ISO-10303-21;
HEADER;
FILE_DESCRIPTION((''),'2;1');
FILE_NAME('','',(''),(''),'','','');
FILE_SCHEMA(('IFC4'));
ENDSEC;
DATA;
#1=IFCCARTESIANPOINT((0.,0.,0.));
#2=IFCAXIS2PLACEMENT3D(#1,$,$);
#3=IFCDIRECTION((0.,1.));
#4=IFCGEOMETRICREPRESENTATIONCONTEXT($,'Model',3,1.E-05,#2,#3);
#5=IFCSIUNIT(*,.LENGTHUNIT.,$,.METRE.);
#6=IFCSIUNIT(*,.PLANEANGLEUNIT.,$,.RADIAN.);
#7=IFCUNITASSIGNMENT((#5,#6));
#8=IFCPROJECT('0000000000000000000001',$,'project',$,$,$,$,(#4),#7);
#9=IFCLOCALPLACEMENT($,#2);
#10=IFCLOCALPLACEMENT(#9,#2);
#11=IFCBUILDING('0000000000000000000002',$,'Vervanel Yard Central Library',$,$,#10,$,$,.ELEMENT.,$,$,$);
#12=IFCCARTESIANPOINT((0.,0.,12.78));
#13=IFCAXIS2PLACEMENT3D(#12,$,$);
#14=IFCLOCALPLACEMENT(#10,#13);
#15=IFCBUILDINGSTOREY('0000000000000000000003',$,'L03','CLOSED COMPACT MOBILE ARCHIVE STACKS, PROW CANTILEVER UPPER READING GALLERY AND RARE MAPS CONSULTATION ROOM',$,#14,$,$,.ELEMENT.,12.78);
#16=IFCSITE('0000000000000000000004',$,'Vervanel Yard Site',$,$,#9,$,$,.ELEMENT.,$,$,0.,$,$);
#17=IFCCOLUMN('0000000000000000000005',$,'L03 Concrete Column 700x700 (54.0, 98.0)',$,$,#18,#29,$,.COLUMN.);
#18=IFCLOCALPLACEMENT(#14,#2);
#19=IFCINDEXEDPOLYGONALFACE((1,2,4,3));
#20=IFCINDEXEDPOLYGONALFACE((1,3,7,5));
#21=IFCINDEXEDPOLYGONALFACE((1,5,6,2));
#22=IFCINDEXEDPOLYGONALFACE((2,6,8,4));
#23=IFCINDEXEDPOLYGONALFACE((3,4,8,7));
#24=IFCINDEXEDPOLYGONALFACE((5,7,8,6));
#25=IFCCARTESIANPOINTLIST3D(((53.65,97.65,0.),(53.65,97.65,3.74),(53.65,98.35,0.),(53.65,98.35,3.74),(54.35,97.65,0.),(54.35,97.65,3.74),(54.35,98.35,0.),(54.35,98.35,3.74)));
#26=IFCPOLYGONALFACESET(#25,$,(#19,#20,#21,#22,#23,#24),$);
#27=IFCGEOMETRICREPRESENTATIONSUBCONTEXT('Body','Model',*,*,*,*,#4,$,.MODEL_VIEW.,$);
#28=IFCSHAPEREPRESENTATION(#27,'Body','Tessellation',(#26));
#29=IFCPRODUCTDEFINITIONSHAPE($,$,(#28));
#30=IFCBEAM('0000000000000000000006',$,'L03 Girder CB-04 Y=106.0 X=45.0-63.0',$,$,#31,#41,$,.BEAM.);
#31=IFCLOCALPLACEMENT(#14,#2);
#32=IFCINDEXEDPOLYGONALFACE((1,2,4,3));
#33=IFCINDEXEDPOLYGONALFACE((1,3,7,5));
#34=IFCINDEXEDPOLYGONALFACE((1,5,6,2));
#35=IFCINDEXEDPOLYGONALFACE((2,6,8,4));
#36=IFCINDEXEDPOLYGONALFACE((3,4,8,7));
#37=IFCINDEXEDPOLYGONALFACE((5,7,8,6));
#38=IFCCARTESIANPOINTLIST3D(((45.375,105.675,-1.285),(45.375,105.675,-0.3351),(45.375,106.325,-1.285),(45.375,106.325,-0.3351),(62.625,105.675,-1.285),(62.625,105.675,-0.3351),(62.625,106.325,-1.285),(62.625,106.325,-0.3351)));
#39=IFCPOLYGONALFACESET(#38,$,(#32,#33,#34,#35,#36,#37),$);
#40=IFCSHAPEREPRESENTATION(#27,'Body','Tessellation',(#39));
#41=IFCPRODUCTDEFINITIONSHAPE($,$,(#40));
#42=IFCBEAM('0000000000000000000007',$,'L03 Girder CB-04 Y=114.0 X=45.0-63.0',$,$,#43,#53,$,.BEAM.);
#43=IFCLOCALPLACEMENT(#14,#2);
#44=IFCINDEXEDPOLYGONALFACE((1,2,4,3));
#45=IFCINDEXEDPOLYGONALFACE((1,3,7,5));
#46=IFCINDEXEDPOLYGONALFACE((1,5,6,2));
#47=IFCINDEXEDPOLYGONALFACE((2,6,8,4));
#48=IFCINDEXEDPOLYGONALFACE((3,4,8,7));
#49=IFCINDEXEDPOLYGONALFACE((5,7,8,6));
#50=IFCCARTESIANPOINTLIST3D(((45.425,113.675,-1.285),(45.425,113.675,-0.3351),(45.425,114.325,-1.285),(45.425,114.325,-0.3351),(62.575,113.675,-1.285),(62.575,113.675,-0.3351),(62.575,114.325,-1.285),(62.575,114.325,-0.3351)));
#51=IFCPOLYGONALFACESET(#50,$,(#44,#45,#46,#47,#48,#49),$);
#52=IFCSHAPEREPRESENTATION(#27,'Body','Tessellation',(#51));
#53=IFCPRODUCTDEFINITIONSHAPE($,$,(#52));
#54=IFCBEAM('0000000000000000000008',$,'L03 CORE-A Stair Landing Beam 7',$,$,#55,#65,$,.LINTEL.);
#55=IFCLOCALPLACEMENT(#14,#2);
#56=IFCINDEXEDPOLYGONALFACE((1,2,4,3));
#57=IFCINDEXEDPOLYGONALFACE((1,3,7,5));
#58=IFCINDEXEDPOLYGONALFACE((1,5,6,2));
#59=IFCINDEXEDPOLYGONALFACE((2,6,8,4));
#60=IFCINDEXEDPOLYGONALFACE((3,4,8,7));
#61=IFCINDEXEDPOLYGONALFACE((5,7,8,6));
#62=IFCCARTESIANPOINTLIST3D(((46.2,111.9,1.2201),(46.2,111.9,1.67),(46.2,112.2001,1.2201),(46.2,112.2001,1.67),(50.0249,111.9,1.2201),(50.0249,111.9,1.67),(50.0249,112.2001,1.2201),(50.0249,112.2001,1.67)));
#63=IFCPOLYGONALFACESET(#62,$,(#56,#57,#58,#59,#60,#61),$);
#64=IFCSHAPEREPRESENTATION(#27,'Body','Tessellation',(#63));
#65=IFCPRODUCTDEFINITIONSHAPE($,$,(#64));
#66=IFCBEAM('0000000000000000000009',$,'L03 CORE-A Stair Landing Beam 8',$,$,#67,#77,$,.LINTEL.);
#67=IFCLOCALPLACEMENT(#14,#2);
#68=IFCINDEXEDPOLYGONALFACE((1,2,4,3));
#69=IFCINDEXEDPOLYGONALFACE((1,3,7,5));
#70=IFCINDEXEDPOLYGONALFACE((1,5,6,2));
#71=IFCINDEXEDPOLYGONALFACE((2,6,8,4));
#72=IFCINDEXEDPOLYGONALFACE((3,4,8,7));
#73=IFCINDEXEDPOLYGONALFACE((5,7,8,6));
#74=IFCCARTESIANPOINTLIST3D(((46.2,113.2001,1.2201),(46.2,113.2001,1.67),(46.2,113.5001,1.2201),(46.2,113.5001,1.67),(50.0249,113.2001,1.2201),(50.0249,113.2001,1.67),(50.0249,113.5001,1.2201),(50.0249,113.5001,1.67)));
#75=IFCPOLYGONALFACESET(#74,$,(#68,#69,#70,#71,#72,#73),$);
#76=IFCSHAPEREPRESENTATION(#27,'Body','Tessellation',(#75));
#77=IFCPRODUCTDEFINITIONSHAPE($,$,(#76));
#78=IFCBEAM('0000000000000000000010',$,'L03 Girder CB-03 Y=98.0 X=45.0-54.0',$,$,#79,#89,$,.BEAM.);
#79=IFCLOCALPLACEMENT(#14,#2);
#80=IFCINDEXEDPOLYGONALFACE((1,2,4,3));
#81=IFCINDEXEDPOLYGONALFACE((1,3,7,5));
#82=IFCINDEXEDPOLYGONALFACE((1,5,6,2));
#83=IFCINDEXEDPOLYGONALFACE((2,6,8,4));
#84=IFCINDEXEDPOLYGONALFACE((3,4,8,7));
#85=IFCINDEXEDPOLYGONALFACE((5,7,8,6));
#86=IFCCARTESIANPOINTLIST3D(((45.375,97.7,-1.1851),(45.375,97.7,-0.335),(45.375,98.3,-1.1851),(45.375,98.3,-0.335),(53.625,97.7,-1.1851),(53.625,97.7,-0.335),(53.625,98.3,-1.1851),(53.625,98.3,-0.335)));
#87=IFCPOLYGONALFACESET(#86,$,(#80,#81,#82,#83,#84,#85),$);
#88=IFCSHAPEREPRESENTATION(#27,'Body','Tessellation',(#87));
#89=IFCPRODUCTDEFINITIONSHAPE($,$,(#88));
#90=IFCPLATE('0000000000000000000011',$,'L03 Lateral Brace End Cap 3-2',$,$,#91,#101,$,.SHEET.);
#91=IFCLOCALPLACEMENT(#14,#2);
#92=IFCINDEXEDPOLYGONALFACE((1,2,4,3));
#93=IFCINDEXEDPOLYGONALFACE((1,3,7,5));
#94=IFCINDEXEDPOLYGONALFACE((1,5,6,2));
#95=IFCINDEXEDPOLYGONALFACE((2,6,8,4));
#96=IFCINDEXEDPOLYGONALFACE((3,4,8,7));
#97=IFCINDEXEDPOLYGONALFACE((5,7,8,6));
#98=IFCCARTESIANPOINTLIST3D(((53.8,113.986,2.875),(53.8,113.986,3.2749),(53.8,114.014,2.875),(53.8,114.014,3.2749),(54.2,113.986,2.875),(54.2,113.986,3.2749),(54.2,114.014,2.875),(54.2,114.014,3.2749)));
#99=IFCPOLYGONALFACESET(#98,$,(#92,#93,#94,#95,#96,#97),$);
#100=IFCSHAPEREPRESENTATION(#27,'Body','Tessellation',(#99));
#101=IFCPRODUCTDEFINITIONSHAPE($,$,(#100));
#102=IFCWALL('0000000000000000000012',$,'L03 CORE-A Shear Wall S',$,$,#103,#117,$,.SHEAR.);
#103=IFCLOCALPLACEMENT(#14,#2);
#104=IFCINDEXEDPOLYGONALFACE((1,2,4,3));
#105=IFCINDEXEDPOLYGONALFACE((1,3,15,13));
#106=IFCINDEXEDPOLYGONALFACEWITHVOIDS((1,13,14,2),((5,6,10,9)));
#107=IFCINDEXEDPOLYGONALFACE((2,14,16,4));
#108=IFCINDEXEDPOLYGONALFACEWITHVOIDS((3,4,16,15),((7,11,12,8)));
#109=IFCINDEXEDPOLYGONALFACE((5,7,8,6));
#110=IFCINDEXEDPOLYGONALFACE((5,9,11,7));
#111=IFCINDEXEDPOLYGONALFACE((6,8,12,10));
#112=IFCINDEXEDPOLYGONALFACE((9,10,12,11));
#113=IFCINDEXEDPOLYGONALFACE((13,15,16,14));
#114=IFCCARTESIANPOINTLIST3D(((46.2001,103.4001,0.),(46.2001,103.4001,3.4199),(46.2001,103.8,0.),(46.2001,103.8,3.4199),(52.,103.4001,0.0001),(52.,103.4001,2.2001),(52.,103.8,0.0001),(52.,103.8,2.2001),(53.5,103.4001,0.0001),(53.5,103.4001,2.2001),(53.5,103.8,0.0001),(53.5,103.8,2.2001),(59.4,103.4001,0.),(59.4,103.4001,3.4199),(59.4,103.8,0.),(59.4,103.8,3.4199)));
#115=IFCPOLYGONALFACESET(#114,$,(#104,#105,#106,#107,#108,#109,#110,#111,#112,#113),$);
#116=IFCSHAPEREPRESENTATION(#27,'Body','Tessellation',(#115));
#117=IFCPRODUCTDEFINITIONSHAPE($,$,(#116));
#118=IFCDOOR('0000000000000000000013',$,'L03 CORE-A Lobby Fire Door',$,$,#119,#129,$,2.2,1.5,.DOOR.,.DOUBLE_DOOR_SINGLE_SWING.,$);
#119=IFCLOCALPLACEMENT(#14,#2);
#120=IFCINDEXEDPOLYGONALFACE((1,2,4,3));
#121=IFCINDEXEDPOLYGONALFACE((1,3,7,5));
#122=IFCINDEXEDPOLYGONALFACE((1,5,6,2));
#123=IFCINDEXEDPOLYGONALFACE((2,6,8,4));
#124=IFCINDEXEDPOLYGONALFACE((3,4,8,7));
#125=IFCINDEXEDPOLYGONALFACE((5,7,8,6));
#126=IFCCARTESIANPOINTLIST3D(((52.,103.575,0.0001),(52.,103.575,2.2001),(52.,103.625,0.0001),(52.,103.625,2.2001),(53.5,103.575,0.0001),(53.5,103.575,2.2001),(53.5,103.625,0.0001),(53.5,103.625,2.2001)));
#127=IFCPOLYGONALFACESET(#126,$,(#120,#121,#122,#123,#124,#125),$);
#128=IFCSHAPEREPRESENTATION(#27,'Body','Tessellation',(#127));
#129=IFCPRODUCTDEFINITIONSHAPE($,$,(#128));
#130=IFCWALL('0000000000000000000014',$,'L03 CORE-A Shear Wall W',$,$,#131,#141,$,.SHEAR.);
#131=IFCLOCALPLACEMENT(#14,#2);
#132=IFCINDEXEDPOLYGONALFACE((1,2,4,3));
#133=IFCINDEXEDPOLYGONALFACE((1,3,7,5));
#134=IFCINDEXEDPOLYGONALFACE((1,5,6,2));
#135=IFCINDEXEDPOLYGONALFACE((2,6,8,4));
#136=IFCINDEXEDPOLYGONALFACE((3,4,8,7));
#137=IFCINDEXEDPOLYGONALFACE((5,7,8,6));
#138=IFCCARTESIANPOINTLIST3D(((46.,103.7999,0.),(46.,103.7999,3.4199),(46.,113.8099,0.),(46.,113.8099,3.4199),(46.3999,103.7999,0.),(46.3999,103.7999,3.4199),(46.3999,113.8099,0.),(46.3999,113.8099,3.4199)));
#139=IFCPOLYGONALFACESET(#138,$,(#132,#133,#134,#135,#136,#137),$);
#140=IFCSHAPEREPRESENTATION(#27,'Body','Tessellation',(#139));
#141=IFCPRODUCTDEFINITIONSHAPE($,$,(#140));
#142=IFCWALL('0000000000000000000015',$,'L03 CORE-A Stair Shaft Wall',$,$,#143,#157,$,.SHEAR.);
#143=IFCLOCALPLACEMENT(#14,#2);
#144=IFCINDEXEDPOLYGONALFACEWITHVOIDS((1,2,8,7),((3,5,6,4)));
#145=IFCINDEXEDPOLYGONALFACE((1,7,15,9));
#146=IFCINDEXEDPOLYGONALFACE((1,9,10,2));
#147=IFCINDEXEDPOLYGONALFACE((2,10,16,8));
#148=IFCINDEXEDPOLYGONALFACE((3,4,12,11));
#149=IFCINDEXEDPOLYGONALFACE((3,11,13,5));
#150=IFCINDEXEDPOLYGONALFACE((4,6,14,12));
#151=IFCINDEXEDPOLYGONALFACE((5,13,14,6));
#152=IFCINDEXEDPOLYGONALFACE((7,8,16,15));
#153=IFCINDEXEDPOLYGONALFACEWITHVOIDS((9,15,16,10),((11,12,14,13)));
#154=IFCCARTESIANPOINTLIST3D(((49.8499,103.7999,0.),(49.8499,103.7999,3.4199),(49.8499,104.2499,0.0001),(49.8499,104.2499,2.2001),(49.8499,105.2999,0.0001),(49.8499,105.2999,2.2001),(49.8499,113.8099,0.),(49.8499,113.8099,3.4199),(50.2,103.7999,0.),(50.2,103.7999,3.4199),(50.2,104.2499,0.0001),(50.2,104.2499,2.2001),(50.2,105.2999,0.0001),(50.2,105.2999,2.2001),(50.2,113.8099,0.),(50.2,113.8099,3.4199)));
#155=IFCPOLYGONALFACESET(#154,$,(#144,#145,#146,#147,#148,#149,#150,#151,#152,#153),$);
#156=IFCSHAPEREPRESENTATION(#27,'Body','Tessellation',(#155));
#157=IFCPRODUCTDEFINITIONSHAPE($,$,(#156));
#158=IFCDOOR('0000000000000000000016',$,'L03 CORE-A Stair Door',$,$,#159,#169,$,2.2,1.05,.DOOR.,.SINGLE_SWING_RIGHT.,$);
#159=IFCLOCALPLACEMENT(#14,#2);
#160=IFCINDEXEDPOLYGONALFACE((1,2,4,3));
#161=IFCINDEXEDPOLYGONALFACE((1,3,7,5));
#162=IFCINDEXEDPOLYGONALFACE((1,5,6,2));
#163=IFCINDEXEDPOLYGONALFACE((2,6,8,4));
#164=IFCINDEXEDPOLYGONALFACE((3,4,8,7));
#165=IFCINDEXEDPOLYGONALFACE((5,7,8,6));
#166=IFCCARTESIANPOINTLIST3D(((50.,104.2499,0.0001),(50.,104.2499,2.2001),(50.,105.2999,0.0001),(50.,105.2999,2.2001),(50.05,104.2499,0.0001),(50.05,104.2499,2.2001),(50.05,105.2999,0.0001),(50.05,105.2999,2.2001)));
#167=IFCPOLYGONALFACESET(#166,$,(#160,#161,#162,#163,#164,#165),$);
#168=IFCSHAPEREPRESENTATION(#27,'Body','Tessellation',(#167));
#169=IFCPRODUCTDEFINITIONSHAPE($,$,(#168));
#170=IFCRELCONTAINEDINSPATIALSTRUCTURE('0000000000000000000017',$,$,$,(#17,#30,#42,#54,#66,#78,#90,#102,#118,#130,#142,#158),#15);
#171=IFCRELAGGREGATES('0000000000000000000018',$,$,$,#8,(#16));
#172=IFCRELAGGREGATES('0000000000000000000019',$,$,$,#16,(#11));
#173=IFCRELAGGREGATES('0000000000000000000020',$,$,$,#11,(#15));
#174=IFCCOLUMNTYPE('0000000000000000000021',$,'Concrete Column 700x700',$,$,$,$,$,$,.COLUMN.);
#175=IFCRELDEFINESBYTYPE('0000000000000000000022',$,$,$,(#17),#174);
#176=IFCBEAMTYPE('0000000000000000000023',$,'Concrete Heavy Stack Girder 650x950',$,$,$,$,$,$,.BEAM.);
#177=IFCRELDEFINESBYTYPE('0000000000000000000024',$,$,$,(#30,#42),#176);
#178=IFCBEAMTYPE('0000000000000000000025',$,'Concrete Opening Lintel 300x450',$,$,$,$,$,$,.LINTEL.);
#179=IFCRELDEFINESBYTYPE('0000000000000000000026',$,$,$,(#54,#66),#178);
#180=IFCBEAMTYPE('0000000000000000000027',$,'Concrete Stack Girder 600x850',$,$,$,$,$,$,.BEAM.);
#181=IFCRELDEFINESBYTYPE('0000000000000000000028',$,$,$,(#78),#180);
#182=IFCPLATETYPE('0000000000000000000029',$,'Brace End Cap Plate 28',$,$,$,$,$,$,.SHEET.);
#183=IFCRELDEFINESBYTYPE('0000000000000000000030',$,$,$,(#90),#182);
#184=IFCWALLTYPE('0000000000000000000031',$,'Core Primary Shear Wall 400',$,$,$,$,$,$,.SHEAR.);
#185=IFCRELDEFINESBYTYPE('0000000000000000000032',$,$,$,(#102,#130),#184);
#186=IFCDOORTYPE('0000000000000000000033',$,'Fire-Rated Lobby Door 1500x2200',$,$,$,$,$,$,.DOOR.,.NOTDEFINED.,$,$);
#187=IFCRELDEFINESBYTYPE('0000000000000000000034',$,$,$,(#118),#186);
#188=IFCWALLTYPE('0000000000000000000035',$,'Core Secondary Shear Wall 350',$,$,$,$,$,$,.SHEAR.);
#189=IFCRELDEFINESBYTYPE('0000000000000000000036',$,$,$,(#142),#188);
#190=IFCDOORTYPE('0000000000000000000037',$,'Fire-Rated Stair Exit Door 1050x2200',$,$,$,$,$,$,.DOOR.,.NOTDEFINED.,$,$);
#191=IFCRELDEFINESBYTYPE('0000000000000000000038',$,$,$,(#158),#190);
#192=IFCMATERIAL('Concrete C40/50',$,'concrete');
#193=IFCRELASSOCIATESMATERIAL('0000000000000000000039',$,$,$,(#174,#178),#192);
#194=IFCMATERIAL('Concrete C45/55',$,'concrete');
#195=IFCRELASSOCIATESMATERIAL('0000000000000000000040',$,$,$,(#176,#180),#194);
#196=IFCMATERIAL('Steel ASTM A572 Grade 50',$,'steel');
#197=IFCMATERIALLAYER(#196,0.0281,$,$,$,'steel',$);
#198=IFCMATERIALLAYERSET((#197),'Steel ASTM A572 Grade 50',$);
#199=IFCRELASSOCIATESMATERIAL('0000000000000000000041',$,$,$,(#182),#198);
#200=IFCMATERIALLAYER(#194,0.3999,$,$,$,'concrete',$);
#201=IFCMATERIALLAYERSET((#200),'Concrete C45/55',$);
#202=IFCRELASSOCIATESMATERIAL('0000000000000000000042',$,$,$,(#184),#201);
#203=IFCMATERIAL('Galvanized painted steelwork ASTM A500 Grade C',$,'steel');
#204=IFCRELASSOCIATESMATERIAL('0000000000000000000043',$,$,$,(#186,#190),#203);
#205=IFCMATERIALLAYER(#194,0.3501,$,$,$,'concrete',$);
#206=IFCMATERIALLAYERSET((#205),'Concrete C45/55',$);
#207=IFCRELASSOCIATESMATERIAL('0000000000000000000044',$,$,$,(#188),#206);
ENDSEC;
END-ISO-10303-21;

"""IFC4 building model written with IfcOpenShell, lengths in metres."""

from ifc_helpers import new_model, si_unit, direction, frame, frame_2d, origin, origin_2d, place, context, subcontext, project, spatial, rectangle, extrude, material, layer, layer_set, material_profile, profile_set, type_object, element, fill, save


model = new_model("IFC4")

# Units and contexts
model_context = context("Model", 3, precision=1e-05, world=origin(), true_north=direction((0.0, 1.0)))
body_context = subcontext(model_context, "Body", "Model", "MODEL_VIEW")
ifc_project = project(units=[si_unit("LENGTHUNIT", "METRE"), si_unit("PLANEANGLEUNIT", "RADIAN")], contexts=[model_context])

# Site, building, storey
site_placement = place(None, origin())
site = spatial("IfcSite", under=ifc_project, at=site_placement, Name="Vervanel Yard Site", CompositionType="ELEMENT", RefElevation=0.0)
building_placement = place(site_placement, origin())
building = spatial("IfcBuilding", under=site, at=building_placement, Name="Vervanel Yard Central Library", CompositionType="ELEMENT")
storey_placement = place(building_placement, frame((0.0, 0.0, 12.78)))
storey = spatial("IfcBuildingStorey", under=building, at=storey_placement, Name="L03", Description="CLOSED COMPACT MOBILE ARCHIVE STACKS, PROW CANTILEVER UPPER READING GALLERY AND RARE MAPS CONSULTATION ROOM", CompositionType="ELEMENT", Elevation=12.78)

# Column
ifc_material_1 = material(Name="Concrete C40/50", Category="concrete")
ifc_material_profile_1 = material_profile(ifc_material_1, rectangle(XDim=0.7, YDim=0.7, at=origin_2d()), Name="RC 700x700", Category="concrete")
ifc_profile_set_1 = profile_set([ifc_material_profile_1], Name="Concrete C40/50")
column_type = type_object("IfcColumnType", Name="Concrete Column 700x700", PredefinedType="COLUMN", material=ifc_profile_set_1)
column_placement = place(storey_placement, frame((54.0, 98.0, 0.0), z_axis=(0.0, 0.0, 1.0), x_axis=(1.0, 0.0, 0.0)))
element("IfcColumn", 1, at=column_placement, inside=storey, type_object=column_type, Name="L03 Concrete Column 700x700 (54.0, 98.0)", PredefinedType="COLUMN", context=body_context, shape_type="SweptSolid", body=[
    extrude(rectangle(XDim=0.7, YDim=0.7, at=origin_2d()), origin(), (0.0, 0.0, 1.0), 3.74),
])

# Beams
ifc_material_2 = material(Name="Concrete C45/55", Category="concrete")
ifc_material_profile_2 = material_profile(ifc_material_2, rectangle(XDim=0.6499, YDim=0.95, at=origin_2d()), Name="RC 650x950", Category="concrete")
ifc_profile_set_2 = profile_set([ifc_material_profile_2], Name="Concrete C45/55")
beam_type_1 = type_object("IfcBeamType", Name="Concrete Heavy Stack Girder 650x950", PredefinedType="BEAM", material=ifc_profile_set_2)
beam_1_placement = place(storey_placement, frame((45.375, 106.0, -0.8101), z_axis=(1.0, 0.0, 0.0), x_axis=(0.0, 1.0, 0.0)))
element("IfcBeam", 2, at=beam_1_placement, inside=storey, type_object=beam_type_1, Name="L03 Girder CB-04 Y=106.0 X=45.0-63.0", PredefinedType="BEAM", context=body_context, shape_type="SweptSolid", body=[
    extrude(rectangle(XDim=0.6499, YDim=0.95, at=origin_2d()), origin(), (0.0, 0.0, 1.0), 17.25),
])
beam_2_placement = place(storey_placement, frame((45.425, 114.0, -0.8101), z_axis=(1.0, 0.0, 0.0), x_axis=(0.0, 1.0, 0.0)))
element("IfcBeam", 3, at=beam_2_placement, inside=storey, type_object=beam_type_1, Name="L03 Girder CB-04 Y=114.0 X=45.0-63.0", PredefinedType="BEAM", context=body_context, shape_type="SweptSolid", body=[
    extrude(rectangle(XDim=0.6499, YDim=0.95, at=origin_2d()), origin(), (0.0, 0.0, 1.0), 17.1499),
])
ifc_material_profile_3 = material_profile(ifc_material_1, rectangle(XDim=0.3, YDim=0.45, at=origin_2d()), Name="RC 300x450", Category="concrete")
ifc_profile_set_3 = profile_set([ifc_material_profile_3], Name="Concrete C40/50")
beam_type_2 = type_object("IfcBeamType", Name="Concrete Opening Lintel 300x450", PredefinedType="LINTEL", material=ifc_profile_set_3)
for number, where, z_axis, x_axis, name in (
    (4, (46.2, 112.05, 1.4451), (1.0, 0.0, 0.0), (0.0, 1.0, 0.0), "L03 CORE-A Stair Landing Beam 7"),
    (5, (46.2, 113.3501, 1.4451), (1.0, 0.0, 0.0), (0.0, 1.0, 0.0), "L03 CORE-A Stair Landing Beam 8"),
):
    element("IfcBeam", number, at=place(storey_placement, frame(where, z_axis=z_axis, x_axis=x_axis)), inside=storey, type_object=beam_type_2, Name=name, PredefinedType="LINTEL", context=body_context, shape_type="SweptSolid", body=[
        extrude(rectangle(XDim=0.3, YDim=0.45, at=origin_2d()), origin(), (0.0, 0.0, 1.0), 3.825),
    ])
ifc_material_profile_4 = material_profile(ifc_material_2, rectangle(XDim=0.6001, YDim=0.8501, at=origin_2d()), Name="RC 600x850", Category="concrete")
ifc_profile_set_4 = profile_set([ifc_material_profile_4], Name="Concrete C45/55")
beam_type_3 = type_object("IfcBeamType", Name="Concrete Stack Girder 600x850", PredefinedType="BEAM", material=ifc_profile_set_4)
beam_3_placement = place(storey_placement, frame((45.375, 98.0, -0.76), z_axis=(1.0, 0.0, 0.0), x_axis=(0.0, 1.0, 0.0)))
element("IfcBeam", 6, at=beam_3_placement, inside=storey, type_object=beam_type_3, Name="L03 Girder CB-03 Y=98.0 X=45.0-54.0", PredefinedType="BEAM", context=body_context, shape_type="SweptSolid", body=[
    extrude(rectangle(XDim=0.6001, YDim=0.8501, at=origin_2d()), origin(), (0.0, 0.0, 1.0), 8.25),
])

# Plate
ifc_material_3 = material(Name="Steel ASTM A572 Grade 50", Category="steel")
ifc_layer_1 = layer(ifc_material_3, 0.0281, Category="steel")
ifc_layer_set_1 = layer_set([ifc_layer_1], Name="Steel ASTM A572 Grade 50")
plate_type = type_object("IfcPlateType", Name="Brace End Cap Plate 28", PredefinedType="SHEET", material=ifc_layer_set_1)
plate_placement = place(storey_placement, frame((54.0, 114.0, 2.875), z_axis=(0.0, 0.0, 1.0), x_axis=(1.0, 0.0, 0.0)))
element("IfcPlate", 7, at=plate_placement, inside=storey, type_object=plate_type, Name="L03 Lateral Brace End Cap 3-2", PredefinedType="SHEET", context=body_context, shape_type="SweptSolid", body=[
    extrude(rectangle(XDim=0.3999, YDim=0.0281, at=origin_2d()), origin(), (0.0, 0.0, 1.0), 0.3999),
])

# Wall, opening, door
ifc_layer_2 = layer(ifc_material_2, 0.3999, Category="concrete")
ifc_layer_set_2 = layer_set([ifc_layer_2], Name="Concrete C45/55")
wall_type_1 = type_object("IfcWallType", Name="Core Primary Shear Wall 400", PredefinedType="SHEAR", material=ifc_layer_set_2)
wall_1_placement = place(storey_placement, frame((46.2, 103.6001, 0.0), z_axis=(0.0, 0.0, 1.0), x_axis=(1.0, 0.0, 0.0)))
wall_1 = element("IfcWall", 8, at=wall_1_placement, inside=storey, type_object=wall_type_1, Name="L03 CORE-A Shear Wall S", PredefinedType="SHEAR", context=body_context, shape_type="SweptSolid", body=[
    extrude(rectangle(XDim=13.2, YDim=0.3999, at=frame_2d((6.6001, 0.0))), origin(), (0.0, 0.0, 1.0), 3.4199),
])
opening_1_placement = place(wall_1_placement, frame((5.8, 0.0, 0.0)))
opening_1 = element("IfcOpeningElement", 9, at=opening_1_placement, cuts=wall_1, PredefinedType="OPENING", context=body_context, shape_type="SweptSolid", body=[
    extrude(rectangle(XDim=1.5, YDim=2.2, at=frame_2d((0.75, 1.1001))), frame((0.0, 0.21, 0.0), z_axis=(0.0, -1.0, 0.0), x_axis=(1.0, 0.0, 0.0)), (0.0, 0.0, 1.0), 0.4199),
])
ifc_material_4 = material(Name="Galvanized painted steelwork ASTM A500 Grade C", Category="steel")
door_type_1 = type_object("IfcDoorType", Name="Fire-Rated Lobby Door 1500x2200", OperationType="NOTDEFINED", PredefinedType="DOOR", material=ifc_material_4)
door_1_placement = place(opening_1_placement, origin())
door_1 = element("IfcDoor", 10, at=door_1_placement, inside=storey, type_object=door_type_1, Name="L03 CORE-A Lobby Fire Door", OperationType="DOUBLE_DOOR_SINGLE_SWING", OverallHeight=2.2, OverallWidth=1.5, PredefinedType="DOOR", context=body_context, shape_type="SweptSolid", body=[
    extrude(rectangle(XDim=1.5, YDim=2.2, at=frame_2d((0.75, 1.1001))), frame((0.0, 0.0249, 0.0), z_axis=(0.0, -1.0, 0.0), x_axis=(1.0, 0.0, 0.0)), (0.0, 0.0, 1.0), 0.05),
])
fill(opening_1, door_1)

# Wall
wall_2_placement = place(storey_placement, frame((46.2, 103.8, 0.0), z_axis=(0.0, 0.0, 1.0), x_axis=(0.0, 1.0, 0.0)))
element("IfcWall", 11, at=wall_2_placement, inside=storey, type_object=wall_type_1, Name="L03 CORE-A Shear Wall W", PredefinedType="SHEAR", context=body_context, shape_type="SweptSolid", body=[
    extrude(rectangle(XDim=10.01, YDim=0.3999, at=frame_2d((5.0049, 0.0))), origin(), (0.0, 0.0, 1.0), 3.4199),
])

# Wall, opening, door
ifc_layer_3 = layer(ifc_material_2, 0.3501, Category="concrete")
ifc_layer_set_3 = layer_set([ifc_layer_3], Name="Concrete C45/55")
wall_type_2 = type_object("IfcWallType", Name="Core Secondary Shear Wall 350", PredefinedType="SHEAR", material=ifc_layer_set_3)
wall_3_placement = place(storey_placement, frame((50.0249, 103.8, 0.0), z_axis=(0.0, 0.0, 1.0), x_axis=(0.0, 1.0, 0.0)))
wall_3 = element("IfcWall", 12, at=wall_3_placement, inside=storey, type_object=wall_type_2, Name="L03 CORE-A Stair Shaft Wall", PredefinedType="SHEAR", context=body_context, shape_type="SweptSolid", body=[
    extrude(rectangle(XDim=10.01, YDim=0.3501, at=frame_2d((5.0049, 0.0))), origin(), (0.0, 0.0, 1.0), 3.4199),
])
opening_2_placement = place(wall_3_placement, frame((0.45, 0.0, 0.0)))
opening_2 = element("IfcOpeningElement", 13, at=opening_2_placement, cuts=wall_3, PredefinedType="OPENING", context=body_context, shape_type="SweptSolid", body=[
    extrude(rectangle(XDim=1.05, YDim=2.2, at=frame_2d((0.5249, 1.1001))), frame((0.0, 0.1851, 0.0), z_axis=(0.0, -1.0, 0.0), x_axis=(1.0, 0.0, 0.0)), (0.0, 0.0, 1.0), 0.3701),
])
door_type_2 = type_object("IfcDoorType", Name="Fire-Rated Stair Exit Door 1050x2200", OperationType="NOTDEFINED", PredefinedType="DOOR", material=ifc_material_4)
door_2_placement = place(opening_2_placement, origin())
door_2 = element("IfcDoor", 14, at=door_2_placement, inside=storey, type_object=door_type_2, Name="L03 CORE-A Stair Door", OperationType="SINGLE_SWING_RIGHT", OverallHeight=2.2, OverallWidth=1.05, PredefinedType="DOOR", context=body_context, shape_type="SweptSolid", body=[
    extrude(rectangle(XDim=1.05, YDim=2.2, at=frame_2d((0.5249, 1.1001))), frame((0.0, 0.0249, 0.0), z_axis=(0.0, -1.0, 0.0), x_axis=(1.0, 0.0, 0.0)), (0.0, 0.0, 1.0), 0.05),
])
fill(opening_2, door_2)

save(model, "model.ifc")
